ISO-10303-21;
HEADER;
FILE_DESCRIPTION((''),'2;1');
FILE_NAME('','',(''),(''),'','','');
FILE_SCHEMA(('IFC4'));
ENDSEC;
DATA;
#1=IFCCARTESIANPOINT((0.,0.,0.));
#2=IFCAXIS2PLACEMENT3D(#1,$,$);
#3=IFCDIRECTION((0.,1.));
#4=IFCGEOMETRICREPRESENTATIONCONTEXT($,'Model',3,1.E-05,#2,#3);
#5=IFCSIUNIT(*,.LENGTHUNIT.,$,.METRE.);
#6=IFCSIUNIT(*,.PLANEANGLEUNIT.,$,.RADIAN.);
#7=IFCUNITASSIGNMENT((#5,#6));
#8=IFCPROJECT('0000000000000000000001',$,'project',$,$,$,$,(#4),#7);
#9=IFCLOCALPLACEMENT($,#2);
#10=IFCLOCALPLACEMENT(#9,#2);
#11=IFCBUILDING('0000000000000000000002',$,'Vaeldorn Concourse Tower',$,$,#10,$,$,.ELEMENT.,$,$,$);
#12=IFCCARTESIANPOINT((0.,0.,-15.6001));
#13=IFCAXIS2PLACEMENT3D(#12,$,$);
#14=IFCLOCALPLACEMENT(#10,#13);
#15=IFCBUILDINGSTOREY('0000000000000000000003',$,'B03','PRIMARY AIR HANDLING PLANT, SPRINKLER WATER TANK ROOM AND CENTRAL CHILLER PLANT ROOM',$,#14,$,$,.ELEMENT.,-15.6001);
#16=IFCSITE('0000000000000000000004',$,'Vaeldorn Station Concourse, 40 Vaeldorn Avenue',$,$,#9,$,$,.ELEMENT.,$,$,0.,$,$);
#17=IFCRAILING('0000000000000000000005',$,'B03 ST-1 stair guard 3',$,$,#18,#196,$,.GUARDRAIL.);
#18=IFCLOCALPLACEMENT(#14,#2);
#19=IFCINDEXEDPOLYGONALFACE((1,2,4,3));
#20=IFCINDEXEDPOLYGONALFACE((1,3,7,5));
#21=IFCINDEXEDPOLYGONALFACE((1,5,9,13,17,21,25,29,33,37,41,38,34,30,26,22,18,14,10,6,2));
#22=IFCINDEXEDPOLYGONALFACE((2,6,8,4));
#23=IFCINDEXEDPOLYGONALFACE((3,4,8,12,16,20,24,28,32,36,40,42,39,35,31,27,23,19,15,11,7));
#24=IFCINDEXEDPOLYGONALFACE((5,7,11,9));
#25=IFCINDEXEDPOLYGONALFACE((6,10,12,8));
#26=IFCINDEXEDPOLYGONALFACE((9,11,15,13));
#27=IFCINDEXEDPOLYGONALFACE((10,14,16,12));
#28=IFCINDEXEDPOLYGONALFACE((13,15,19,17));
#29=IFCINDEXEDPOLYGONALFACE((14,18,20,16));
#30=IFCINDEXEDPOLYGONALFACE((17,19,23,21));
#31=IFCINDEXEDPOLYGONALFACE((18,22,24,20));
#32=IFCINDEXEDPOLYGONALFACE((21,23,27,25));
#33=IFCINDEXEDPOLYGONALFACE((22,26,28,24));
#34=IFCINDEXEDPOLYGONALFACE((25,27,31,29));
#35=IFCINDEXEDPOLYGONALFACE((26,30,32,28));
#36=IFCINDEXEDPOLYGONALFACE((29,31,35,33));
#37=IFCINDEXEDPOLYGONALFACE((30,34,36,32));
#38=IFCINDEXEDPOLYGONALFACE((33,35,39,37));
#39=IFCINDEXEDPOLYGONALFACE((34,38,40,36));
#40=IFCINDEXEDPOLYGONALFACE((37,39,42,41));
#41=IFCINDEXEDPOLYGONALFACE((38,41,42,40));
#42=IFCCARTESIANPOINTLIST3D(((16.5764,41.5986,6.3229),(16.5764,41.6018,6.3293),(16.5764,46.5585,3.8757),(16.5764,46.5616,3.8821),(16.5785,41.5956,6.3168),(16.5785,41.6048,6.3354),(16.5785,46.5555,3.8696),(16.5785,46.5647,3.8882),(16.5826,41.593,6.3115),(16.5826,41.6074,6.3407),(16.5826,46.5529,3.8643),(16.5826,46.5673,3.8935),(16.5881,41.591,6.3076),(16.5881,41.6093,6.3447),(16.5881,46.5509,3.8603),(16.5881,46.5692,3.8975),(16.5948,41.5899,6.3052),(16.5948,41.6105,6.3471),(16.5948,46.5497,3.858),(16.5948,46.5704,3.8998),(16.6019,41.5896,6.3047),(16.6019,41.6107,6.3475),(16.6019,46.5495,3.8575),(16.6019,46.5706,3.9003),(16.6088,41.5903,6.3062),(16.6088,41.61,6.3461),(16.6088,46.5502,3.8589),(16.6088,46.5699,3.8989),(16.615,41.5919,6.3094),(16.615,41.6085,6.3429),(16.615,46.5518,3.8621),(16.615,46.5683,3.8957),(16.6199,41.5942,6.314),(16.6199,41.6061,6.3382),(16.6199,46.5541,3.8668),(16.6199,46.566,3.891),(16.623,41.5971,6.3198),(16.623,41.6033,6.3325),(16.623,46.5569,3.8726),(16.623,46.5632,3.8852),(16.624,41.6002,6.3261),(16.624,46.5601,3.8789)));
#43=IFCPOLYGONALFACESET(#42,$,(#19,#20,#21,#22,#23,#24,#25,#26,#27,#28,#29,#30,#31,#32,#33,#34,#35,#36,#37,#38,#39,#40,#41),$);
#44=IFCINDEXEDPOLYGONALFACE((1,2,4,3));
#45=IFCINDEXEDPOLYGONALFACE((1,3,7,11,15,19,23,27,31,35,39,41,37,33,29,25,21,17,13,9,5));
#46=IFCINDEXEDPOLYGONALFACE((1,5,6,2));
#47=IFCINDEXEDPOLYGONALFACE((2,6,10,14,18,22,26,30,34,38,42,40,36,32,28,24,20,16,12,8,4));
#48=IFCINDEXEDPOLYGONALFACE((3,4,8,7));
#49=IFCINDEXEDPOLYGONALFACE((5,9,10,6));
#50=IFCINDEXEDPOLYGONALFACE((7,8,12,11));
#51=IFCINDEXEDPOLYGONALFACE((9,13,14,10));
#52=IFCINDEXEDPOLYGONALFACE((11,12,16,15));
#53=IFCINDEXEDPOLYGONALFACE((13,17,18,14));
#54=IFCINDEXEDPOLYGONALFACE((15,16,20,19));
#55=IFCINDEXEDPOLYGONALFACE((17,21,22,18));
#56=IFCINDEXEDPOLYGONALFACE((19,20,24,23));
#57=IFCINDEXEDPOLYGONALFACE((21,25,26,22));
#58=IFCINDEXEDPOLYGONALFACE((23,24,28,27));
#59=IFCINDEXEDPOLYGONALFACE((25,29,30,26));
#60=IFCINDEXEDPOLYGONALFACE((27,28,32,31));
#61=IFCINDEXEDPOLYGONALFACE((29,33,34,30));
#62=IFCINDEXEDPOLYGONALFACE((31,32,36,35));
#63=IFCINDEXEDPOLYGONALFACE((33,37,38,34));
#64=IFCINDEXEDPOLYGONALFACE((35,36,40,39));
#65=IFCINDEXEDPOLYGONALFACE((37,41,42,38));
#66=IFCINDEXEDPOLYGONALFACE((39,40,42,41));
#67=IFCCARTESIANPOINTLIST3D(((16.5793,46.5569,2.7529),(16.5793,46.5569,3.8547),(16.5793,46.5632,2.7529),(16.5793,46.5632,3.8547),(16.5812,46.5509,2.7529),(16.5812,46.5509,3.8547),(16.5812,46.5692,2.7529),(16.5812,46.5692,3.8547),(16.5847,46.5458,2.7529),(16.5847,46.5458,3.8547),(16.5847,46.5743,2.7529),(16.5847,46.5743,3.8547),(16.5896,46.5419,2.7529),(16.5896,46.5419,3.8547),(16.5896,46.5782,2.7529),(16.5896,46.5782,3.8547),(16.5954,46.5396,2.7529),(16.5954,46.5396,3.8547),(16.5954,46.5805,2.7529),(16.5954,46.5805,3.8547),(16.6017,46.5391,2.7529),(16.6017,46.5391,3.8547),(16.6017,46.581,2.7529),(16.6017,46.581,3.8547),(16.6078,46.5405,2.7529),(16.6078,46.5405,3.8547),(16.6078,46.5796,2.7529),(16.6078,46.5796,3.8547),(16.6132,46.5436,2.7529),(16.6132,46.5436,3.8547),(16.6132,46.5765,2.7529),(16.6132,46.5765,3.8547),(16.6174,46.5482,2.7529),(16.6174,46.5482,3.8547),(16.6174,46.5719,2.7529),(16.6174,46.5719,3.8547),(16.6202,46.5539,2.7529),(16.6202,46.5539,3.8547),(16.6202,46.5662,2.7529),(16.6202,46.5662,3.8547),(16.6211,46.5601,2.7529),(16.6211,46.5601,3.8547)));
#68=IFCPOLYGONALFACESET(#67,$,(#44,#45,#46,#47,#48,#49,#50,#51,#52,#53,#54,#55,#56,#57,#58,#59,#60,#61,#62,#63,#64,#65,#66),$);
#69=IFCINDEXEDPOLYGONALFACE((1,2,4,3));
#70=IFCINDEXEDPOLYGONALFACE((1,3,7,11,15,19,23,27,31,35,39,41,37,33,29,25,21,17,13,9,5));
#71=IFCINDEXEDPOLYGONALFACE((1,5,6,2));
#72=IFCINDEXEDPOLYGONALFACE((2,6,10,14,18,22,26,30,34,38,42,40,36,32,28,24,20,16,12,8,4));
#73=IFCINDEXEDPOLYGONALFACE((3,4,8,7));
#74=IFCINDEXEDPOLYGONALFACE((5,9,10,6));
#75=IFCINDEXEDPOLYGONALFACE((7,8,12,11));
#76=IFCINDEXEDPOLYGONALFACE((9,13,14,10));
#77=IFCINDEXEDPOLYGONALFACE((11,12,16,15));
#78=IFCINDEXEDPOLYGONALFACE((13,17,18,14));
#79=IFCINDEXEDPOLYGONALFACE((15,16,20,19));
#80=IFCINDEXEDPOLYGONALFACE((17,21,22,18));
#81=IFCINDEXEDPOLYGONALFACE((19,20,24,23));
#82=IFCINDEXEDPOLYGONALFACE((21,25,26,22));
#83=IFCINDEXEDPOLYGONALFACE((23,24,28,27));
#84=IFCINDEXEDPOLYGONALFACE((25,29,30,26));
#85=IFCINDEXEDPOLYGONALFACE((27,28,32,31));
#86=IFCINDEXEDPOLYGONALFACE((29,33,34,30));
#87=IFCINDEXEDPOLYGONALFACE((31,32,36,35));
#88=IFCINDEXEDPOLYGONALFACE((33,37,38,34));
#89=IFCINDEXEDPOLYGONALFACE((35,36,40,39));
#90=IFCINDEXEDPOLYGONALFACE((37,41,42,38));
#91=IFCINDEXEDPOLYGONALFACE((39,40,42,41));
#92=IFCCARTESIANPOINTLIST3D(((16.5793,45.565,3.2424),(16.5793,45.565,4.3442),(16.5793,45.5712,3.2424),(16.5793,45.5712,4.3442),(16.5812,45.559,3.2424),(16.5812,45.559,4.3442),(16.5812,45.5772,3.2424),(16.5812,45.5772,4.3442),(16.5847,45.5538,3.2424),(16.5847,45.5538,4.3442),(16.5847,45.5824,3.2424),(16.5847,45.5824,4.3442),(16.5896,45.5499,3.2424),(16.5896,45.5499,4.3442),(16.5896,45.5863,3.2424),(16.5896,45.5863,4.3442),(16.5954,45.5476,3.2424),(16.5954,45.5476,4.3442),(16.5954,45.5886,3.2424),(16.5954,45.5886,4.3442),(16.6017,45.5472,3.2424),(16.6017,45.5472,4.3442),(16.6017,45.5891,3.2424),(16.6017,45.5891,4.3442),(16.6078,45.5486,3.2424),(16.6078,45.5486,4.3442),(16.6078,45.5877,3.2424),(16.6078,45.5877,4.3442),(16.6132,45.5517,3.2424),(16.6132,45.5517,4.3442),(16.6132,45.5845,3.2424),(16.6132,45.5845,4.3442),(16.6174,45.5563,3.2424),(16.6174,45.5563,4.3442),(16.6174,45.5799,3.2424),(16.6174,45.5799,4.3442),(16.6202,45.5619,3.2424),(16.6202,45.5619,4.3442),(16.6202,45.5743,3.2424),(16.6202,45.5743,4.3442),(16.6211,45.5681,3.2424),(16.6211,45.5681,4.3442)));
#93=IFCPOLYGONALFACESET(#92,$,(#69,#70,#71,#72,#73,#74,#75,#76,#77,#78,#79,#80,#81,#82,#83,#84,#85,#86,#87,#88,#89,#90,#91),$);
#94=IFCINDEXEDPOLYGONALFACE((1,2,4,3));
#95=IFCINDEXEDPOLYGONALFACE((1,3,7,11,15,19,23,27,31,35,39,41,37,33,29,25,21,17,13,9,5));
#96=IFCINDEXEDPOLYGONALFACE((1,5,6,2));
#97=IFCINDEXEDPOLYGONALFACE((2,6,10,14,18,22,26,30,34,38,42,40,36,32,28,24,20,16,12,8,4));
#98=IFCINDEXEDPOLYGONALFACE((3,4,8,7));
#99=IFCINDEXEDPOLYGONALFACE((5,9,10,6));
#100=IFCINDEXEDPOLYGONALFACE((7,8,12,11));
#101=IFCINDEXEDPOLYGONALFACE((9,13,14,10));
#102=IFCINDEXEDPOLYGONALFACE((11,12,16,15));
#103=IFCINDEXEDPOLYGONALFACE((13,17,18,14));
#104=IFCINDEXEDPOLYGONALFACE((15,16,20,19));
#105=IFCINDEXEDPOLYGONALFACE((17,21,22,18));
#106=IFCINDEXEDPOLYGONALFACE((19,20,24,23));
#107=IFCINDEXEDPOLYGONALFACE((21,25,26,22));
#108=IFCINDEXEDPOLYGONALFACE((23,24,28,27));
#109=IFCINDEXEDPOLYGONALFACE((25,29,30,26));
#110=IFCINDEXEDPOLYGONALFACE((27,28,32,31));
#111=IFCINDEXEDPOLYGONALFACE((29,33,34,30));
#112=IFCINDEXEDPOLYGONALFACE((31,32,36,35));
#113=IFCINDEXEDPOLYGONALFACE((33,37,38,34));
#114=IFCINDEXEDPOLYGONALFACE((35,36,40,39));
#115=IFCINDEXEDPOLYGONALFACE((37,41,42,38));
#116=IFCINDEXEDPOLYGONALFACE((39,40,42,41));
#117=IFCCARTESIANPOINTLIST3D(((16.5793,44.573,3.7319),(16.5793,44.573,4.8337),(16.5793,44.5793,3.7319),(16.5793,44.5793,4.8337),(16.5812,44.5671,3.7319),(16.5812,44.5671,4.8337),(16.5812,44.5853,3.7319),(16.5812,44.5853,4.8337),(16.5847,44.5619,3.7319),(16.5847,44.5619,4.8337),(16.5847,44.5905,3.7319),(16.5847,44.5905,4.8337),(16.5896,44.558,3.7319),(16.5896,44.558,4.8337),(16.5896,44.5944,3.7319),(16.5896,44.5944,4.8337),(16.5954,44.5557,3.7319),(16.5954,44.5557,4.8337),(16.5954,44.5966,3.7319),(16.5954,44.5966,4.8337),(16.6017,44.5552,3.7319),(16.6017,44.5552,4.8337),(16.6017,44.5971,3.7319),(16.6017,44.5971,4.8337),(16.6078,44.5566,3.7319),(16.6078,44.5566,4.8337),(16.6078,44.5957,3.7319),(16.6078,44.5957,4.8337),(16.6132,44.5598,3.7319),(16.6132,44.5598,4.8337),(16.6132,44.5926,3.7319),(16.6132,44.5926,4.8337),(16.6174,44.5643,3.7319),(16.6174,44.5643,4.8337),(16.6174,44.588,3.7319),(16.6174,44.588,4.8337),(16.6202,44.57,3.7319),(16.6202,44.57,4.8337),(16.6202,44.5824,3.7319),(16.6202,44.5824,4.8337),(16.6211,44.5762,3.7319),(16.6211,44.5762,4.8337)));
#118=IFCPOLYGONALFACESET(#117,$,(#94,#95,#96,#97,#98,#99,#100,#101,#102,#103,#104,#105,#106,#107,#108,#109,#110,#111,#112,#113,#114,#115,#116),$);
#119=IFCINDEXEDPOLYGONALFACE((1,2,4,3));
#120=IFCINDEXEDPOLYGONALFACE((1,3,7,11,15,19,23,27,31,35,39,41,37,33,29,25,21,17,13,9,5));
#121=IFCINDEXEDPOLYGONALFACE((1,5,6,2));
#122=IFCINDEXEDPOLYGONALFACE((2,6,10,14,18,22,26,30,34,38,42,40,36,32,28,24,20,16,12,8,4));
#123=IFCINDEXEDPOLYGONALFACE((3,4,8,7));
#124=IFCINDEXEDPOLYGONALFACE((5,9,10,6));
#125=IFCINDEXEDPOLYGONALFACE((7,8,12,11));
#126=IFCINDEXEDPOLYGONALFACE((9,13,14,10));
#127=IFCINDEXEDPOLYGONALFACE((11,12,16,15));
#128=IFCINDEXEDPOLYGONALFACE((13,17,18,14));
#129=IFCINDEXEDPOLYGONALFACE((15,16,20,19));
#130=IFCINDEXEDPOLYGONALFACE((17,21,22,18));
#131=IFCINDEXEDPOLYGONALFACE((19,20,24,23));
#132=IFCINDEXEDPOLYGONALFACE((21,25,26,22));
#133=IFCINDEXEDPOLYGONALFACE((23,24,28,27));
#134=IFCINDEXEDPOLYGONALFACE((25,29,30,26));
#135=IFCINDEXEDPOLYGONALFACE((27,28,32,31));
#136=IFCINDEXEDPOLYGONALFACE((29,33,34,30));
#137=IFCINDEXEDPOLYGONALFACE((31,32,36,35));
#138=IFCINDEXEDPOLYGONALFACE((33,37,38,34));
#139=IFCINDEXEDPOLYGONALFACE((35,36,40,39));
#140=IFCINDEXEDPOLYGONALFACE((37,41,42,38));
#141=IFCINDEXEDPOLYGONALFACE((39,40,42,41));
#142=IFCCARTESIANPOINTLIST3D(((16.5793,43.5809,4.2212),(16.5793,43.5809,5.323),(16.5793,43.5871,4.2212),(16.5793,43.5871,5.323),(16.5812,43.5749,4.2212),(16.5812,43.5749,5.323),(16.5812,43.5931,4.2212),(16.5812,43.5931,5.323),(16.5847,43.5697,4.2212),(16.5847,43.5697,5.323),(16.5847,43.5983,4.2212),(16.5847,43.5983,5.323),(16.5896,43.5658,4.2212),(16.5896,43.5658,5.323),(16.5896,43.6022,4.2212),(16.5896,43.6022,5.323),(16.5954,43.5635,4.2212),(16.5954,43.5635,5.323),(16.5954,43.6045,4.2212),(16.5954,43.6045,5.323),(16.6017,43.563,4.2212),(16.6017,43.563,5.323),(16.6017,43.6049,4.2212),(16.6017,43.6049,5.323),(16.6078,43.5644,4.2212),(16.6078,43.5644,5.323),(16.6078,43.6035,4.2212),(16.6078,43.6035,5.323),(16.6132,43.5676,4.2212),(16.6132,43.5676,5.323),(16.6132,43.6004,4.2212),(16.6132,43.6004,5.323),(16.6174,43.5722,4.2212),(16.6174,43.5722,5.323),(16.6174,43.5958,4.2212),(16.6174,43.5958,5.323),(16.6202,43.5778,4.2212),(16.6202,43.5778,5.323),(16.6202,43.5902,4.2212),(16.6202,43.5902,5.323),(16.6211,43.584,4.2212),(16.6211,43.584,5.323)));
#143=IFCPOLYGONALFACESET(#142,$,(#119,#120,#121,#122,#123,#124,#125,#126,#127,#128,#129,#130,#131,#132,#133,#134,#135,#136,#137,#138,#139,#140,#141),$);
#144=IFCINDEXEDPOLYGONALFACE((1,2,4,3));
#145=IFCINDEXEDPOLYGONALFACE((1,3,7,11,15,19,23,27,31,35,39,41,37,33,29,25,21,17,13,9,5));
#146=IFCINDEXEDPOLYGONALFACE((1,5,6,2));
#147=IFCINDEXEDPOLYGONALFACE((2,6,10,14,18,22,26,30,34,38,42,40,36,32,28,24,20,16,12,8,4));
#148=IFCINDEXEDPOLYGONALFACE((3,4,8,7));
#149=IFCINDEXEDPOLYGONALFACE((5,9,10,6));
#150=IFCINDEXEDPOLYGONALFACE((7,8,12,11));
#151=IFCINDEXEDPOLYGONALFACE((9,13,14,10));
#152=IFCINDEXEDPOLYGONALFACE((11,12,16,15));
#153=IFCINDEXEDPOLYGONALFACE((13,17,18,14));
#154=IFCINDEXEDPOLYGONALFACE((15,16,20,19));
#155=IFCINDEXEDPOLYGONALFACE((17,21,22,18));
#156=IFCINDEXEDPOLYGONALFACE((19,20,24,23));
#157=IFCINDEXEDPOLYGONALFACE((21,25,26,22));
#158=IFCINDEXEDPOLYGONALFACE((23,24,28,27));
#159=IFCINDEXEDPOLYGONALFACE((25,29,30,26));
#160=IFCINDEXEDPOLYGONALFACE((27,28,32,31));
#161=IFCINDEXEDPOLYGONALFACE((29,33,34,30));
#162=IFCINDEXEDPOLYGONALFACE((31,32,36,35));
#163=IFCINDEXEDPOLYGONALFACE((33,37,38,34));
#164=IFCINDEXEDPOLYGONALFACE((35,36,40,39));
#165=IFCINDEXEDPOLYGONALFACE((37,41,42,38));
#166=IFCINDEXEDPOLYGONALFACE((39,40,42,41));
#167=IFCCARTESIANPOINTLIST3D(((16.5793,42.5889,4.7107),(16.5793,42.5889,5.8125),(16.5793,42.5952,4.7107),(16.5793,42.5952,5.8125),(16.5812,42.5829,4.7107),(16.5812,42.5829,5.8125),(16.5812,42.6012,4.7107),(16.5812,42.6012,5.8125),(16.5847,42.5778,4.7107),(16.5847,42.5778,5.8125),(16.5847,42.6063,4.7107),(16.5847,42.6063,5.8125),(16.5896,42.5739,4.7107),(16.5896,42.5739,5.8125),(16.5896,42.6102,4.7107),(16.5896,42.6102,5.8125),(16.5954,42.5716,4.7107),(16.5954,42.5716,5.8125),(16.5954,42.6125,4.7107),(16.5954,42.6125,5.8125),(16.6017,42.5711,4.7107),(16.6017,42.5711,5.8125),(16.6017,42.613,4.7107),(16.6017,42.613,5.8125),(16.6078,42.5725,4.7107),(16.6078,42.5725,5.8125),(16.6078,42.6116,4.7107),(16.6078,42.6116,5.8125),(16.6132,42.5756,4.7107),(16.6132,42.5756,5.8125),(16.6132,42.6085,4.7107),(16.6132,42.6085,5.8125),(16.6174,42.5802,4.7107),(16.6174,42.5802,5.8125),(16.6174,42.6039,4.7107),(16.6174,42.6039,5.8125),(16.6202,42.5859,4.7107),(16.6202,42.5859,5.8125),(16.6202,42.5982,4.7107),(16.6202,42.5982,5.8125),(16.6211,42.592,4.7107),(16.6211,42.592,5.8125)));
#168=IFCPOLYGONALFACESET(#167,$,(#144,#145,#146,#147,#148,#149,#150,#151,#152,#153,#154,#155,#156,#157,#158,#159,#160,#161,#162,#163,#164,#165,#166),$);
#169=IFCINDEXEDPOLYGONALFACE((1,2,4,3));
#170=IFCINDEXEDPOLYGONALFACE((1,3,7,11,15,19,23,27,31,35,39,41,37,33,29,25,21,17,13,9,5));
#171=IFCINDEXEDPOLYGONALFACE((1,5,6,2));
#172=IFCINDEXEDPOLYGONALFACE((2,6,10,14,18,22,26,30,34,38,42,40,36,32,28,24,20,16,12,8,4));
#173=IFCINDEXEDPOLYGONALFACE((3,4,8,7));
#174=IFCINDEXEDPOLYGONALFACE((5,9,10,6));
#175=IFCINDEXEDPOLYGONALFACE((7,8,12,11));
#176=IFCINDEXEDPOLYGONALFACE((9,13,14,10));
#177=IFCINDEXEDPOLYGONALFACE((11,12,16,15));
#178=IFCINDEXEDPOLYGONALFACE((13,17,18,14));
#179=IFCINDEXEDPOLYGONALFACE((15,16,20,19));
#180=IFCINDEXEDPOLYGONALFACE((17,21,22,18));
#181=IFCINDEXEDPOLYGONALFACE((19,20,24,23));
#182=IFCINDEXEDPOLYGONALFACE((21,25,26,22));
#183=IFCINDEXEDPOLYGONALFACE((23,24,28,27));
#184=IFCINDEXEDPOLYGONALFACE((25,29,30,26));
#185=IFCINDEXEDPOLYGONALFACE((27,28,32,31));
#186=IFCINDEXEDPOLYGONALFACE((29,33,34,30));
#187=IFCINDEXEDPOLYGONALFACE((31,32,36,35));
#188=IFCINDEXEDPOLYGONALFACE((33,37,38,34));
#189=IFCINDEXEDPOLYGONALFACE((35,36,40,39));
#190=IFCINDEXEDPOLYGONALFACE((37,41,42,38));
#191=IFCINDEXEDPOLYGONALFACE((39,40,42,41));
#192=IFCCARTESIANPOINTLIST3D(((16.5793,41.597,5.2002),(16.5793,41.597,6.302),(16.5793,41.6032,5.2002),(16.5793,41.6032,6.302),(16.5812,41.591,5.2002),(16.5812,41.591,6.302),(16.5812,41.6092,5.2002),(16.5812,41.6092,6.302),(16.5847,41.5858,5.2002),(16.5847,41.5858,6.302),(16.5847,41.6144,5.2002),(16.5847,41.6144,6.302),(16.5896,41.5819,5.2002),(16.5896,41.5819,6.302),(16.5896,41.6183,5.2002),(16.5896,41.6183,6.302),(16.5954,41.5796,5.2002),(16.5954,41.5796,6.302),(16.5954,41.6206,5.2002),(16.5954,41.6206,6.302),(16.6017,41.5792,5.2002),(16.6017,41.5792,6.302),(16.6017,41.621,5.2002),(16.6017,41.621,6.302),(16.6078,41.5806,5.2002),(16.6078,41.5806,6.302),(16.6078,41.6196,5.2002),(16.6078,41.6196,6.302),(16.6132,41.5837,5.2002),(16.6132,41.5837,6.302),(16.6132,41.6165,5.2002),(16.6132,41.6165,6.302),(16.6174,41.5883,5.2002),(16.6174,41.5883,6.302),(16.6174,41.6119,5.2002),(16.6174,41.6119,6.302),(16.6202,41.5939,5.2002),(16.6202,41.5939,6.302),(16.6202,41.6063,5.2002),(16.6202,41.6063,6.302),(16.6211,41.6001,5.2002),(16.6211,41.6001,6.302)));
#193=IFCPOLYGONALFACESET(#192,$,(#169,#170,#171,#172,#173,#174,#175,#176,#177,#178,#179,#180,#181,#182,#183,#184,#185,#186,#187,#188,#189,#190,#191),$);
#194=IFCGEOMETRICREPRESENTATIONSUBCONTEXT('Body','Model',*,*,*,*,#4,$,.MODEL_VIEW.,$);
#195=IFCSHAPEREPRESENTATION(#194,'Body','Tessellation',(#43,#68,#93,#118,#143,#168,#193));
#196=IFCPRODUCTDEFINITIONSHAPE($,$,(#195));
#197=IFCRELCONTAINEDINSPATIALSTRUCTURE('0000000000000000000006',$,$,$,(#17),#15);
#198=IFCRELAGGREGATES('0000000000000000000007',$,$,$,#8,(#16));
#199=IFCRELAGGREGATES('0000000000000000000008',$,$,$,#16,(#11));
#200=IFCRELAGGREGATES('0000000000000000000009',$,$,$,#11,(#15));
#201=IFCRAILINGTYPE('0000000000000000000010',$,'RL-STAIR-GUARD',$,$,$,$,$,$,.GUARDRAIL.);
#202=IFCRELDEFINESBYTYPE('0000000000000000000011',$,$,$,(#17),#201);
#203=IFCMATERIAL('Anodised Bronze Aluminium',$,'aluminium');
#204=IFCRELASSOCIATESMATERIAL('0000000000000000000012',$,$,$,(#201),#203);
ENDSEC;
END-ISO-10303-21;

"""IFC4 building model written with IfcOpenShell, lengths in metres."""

from ifc_helpers import new_model, si_unit, direction, frame, origin, origin_2d, place, context, subcontext, project, spatial, circle, extrude, material, type_object, element, save


model = new_model("IFC4")

# Units and contexts
model_context = context("Model", 3, precision=1e-05, world=origin(), true_north=direction((0.0, 1.0)))
body_context = subcontext(model_context, "Body", "Model", "MODEL_VIEW")
ifc_project = project(units=[si_unit("LENGTHUNIT", "METRE"), si_unit("PLANEANGLEUNIT", "RADIAN")], contexts=[model_context])

# Site, building, storey
site_placement = place(None, origin())
site = spatial("IfcSite", under=ifc_project, at=site_placement, Name="Vaeldorn Station Concourse, 40 Vaeldorn Avenue", CompositionType="ELEMENT", RefElevation=0.0)
building_placement = place(site_placement, origin())
building = spatial("IfcBuilding", under=site, at=building_placement, Name="Vaeldorn Concourse Tower", CompositionType="ELEMENT")
storey_placement = place(building_placement, frame((0.0, 0.0, -15.6001)))
storey = spatial("IfcBuildingStorey", under=building, at=storey_placement, Name="B03", Description="PRIMARY AIR HANDLING PLANT, SPRINKLER WATER TANK ROOM AND CENTRAL CHILLER PLANT ROOM", CompositionType="ELEMENT", Elevation=-15.6001)

# Shared definitions
ifc_material_1 = material(Name="Anodised Bronze Aluminium", Category="aluminium")

# Railing
railing_type_1 = type_object("IfcRailingType", Name="RL-STAIR-GUARD", PredefinedType="GUARDRAIL", material=ifc_material_1)
railing_1_placement = place(storey_placement, frame((16.6001, 46.5601, 2.7529)))
element("IfcRailing", 1, at=railing_1_placement, inside=storey, type_object=railing_type_1, Name="B03 ST-1 stair guard 3", PredefinedType="GUARDRAIL", context=body_context, shape_type="SweptSolid", body=[
    extrude(circle(Radius=0.0239, at=origin_2d()), frame((0.0, 0.0, 1.126), z_axis=(0.0, -0.896781, 0.442475), x_axis=(1.0, 0.0, 0.0)), (0.0, 0.0, 1.0), 5.5308),
    extrude(circle(Radius=0.021, at=origin_2d()), origin(), (0.0, 0.0, 1.0), 1.1018),
    extrude(circle(Radius=0.021, at=origin_2d()), frame((0.0, -0.9919, 0.4895)), (0.0, 0.0, 1.0), 1.1018),
    extrude(circle(Radius=0.021, at=origin_2d()), frame((0.0, -1.9839, 0.979)), (0.0, 0.0, 1.0), 1.1018),
    extrude(circle(Radius=0.021, at=origin_2d()), frame((0.0, -2.9761, 1.4683)), (0.0, 0.0, 1.0), 1.1018),
    extrude(circle(Radius=0.021, at=origin_2d()), frame((0.0, -3.968, 1.9578)), (0.0, 0.0, 1.0), 1.1018),
    extrude(circle(Radius=0.021, at=origin_2d()), frame((0.0, -4.96, 2.4473)), (0.0, 0.0, 1.0), 1.1018),
])

save(model, "model.ifc")
